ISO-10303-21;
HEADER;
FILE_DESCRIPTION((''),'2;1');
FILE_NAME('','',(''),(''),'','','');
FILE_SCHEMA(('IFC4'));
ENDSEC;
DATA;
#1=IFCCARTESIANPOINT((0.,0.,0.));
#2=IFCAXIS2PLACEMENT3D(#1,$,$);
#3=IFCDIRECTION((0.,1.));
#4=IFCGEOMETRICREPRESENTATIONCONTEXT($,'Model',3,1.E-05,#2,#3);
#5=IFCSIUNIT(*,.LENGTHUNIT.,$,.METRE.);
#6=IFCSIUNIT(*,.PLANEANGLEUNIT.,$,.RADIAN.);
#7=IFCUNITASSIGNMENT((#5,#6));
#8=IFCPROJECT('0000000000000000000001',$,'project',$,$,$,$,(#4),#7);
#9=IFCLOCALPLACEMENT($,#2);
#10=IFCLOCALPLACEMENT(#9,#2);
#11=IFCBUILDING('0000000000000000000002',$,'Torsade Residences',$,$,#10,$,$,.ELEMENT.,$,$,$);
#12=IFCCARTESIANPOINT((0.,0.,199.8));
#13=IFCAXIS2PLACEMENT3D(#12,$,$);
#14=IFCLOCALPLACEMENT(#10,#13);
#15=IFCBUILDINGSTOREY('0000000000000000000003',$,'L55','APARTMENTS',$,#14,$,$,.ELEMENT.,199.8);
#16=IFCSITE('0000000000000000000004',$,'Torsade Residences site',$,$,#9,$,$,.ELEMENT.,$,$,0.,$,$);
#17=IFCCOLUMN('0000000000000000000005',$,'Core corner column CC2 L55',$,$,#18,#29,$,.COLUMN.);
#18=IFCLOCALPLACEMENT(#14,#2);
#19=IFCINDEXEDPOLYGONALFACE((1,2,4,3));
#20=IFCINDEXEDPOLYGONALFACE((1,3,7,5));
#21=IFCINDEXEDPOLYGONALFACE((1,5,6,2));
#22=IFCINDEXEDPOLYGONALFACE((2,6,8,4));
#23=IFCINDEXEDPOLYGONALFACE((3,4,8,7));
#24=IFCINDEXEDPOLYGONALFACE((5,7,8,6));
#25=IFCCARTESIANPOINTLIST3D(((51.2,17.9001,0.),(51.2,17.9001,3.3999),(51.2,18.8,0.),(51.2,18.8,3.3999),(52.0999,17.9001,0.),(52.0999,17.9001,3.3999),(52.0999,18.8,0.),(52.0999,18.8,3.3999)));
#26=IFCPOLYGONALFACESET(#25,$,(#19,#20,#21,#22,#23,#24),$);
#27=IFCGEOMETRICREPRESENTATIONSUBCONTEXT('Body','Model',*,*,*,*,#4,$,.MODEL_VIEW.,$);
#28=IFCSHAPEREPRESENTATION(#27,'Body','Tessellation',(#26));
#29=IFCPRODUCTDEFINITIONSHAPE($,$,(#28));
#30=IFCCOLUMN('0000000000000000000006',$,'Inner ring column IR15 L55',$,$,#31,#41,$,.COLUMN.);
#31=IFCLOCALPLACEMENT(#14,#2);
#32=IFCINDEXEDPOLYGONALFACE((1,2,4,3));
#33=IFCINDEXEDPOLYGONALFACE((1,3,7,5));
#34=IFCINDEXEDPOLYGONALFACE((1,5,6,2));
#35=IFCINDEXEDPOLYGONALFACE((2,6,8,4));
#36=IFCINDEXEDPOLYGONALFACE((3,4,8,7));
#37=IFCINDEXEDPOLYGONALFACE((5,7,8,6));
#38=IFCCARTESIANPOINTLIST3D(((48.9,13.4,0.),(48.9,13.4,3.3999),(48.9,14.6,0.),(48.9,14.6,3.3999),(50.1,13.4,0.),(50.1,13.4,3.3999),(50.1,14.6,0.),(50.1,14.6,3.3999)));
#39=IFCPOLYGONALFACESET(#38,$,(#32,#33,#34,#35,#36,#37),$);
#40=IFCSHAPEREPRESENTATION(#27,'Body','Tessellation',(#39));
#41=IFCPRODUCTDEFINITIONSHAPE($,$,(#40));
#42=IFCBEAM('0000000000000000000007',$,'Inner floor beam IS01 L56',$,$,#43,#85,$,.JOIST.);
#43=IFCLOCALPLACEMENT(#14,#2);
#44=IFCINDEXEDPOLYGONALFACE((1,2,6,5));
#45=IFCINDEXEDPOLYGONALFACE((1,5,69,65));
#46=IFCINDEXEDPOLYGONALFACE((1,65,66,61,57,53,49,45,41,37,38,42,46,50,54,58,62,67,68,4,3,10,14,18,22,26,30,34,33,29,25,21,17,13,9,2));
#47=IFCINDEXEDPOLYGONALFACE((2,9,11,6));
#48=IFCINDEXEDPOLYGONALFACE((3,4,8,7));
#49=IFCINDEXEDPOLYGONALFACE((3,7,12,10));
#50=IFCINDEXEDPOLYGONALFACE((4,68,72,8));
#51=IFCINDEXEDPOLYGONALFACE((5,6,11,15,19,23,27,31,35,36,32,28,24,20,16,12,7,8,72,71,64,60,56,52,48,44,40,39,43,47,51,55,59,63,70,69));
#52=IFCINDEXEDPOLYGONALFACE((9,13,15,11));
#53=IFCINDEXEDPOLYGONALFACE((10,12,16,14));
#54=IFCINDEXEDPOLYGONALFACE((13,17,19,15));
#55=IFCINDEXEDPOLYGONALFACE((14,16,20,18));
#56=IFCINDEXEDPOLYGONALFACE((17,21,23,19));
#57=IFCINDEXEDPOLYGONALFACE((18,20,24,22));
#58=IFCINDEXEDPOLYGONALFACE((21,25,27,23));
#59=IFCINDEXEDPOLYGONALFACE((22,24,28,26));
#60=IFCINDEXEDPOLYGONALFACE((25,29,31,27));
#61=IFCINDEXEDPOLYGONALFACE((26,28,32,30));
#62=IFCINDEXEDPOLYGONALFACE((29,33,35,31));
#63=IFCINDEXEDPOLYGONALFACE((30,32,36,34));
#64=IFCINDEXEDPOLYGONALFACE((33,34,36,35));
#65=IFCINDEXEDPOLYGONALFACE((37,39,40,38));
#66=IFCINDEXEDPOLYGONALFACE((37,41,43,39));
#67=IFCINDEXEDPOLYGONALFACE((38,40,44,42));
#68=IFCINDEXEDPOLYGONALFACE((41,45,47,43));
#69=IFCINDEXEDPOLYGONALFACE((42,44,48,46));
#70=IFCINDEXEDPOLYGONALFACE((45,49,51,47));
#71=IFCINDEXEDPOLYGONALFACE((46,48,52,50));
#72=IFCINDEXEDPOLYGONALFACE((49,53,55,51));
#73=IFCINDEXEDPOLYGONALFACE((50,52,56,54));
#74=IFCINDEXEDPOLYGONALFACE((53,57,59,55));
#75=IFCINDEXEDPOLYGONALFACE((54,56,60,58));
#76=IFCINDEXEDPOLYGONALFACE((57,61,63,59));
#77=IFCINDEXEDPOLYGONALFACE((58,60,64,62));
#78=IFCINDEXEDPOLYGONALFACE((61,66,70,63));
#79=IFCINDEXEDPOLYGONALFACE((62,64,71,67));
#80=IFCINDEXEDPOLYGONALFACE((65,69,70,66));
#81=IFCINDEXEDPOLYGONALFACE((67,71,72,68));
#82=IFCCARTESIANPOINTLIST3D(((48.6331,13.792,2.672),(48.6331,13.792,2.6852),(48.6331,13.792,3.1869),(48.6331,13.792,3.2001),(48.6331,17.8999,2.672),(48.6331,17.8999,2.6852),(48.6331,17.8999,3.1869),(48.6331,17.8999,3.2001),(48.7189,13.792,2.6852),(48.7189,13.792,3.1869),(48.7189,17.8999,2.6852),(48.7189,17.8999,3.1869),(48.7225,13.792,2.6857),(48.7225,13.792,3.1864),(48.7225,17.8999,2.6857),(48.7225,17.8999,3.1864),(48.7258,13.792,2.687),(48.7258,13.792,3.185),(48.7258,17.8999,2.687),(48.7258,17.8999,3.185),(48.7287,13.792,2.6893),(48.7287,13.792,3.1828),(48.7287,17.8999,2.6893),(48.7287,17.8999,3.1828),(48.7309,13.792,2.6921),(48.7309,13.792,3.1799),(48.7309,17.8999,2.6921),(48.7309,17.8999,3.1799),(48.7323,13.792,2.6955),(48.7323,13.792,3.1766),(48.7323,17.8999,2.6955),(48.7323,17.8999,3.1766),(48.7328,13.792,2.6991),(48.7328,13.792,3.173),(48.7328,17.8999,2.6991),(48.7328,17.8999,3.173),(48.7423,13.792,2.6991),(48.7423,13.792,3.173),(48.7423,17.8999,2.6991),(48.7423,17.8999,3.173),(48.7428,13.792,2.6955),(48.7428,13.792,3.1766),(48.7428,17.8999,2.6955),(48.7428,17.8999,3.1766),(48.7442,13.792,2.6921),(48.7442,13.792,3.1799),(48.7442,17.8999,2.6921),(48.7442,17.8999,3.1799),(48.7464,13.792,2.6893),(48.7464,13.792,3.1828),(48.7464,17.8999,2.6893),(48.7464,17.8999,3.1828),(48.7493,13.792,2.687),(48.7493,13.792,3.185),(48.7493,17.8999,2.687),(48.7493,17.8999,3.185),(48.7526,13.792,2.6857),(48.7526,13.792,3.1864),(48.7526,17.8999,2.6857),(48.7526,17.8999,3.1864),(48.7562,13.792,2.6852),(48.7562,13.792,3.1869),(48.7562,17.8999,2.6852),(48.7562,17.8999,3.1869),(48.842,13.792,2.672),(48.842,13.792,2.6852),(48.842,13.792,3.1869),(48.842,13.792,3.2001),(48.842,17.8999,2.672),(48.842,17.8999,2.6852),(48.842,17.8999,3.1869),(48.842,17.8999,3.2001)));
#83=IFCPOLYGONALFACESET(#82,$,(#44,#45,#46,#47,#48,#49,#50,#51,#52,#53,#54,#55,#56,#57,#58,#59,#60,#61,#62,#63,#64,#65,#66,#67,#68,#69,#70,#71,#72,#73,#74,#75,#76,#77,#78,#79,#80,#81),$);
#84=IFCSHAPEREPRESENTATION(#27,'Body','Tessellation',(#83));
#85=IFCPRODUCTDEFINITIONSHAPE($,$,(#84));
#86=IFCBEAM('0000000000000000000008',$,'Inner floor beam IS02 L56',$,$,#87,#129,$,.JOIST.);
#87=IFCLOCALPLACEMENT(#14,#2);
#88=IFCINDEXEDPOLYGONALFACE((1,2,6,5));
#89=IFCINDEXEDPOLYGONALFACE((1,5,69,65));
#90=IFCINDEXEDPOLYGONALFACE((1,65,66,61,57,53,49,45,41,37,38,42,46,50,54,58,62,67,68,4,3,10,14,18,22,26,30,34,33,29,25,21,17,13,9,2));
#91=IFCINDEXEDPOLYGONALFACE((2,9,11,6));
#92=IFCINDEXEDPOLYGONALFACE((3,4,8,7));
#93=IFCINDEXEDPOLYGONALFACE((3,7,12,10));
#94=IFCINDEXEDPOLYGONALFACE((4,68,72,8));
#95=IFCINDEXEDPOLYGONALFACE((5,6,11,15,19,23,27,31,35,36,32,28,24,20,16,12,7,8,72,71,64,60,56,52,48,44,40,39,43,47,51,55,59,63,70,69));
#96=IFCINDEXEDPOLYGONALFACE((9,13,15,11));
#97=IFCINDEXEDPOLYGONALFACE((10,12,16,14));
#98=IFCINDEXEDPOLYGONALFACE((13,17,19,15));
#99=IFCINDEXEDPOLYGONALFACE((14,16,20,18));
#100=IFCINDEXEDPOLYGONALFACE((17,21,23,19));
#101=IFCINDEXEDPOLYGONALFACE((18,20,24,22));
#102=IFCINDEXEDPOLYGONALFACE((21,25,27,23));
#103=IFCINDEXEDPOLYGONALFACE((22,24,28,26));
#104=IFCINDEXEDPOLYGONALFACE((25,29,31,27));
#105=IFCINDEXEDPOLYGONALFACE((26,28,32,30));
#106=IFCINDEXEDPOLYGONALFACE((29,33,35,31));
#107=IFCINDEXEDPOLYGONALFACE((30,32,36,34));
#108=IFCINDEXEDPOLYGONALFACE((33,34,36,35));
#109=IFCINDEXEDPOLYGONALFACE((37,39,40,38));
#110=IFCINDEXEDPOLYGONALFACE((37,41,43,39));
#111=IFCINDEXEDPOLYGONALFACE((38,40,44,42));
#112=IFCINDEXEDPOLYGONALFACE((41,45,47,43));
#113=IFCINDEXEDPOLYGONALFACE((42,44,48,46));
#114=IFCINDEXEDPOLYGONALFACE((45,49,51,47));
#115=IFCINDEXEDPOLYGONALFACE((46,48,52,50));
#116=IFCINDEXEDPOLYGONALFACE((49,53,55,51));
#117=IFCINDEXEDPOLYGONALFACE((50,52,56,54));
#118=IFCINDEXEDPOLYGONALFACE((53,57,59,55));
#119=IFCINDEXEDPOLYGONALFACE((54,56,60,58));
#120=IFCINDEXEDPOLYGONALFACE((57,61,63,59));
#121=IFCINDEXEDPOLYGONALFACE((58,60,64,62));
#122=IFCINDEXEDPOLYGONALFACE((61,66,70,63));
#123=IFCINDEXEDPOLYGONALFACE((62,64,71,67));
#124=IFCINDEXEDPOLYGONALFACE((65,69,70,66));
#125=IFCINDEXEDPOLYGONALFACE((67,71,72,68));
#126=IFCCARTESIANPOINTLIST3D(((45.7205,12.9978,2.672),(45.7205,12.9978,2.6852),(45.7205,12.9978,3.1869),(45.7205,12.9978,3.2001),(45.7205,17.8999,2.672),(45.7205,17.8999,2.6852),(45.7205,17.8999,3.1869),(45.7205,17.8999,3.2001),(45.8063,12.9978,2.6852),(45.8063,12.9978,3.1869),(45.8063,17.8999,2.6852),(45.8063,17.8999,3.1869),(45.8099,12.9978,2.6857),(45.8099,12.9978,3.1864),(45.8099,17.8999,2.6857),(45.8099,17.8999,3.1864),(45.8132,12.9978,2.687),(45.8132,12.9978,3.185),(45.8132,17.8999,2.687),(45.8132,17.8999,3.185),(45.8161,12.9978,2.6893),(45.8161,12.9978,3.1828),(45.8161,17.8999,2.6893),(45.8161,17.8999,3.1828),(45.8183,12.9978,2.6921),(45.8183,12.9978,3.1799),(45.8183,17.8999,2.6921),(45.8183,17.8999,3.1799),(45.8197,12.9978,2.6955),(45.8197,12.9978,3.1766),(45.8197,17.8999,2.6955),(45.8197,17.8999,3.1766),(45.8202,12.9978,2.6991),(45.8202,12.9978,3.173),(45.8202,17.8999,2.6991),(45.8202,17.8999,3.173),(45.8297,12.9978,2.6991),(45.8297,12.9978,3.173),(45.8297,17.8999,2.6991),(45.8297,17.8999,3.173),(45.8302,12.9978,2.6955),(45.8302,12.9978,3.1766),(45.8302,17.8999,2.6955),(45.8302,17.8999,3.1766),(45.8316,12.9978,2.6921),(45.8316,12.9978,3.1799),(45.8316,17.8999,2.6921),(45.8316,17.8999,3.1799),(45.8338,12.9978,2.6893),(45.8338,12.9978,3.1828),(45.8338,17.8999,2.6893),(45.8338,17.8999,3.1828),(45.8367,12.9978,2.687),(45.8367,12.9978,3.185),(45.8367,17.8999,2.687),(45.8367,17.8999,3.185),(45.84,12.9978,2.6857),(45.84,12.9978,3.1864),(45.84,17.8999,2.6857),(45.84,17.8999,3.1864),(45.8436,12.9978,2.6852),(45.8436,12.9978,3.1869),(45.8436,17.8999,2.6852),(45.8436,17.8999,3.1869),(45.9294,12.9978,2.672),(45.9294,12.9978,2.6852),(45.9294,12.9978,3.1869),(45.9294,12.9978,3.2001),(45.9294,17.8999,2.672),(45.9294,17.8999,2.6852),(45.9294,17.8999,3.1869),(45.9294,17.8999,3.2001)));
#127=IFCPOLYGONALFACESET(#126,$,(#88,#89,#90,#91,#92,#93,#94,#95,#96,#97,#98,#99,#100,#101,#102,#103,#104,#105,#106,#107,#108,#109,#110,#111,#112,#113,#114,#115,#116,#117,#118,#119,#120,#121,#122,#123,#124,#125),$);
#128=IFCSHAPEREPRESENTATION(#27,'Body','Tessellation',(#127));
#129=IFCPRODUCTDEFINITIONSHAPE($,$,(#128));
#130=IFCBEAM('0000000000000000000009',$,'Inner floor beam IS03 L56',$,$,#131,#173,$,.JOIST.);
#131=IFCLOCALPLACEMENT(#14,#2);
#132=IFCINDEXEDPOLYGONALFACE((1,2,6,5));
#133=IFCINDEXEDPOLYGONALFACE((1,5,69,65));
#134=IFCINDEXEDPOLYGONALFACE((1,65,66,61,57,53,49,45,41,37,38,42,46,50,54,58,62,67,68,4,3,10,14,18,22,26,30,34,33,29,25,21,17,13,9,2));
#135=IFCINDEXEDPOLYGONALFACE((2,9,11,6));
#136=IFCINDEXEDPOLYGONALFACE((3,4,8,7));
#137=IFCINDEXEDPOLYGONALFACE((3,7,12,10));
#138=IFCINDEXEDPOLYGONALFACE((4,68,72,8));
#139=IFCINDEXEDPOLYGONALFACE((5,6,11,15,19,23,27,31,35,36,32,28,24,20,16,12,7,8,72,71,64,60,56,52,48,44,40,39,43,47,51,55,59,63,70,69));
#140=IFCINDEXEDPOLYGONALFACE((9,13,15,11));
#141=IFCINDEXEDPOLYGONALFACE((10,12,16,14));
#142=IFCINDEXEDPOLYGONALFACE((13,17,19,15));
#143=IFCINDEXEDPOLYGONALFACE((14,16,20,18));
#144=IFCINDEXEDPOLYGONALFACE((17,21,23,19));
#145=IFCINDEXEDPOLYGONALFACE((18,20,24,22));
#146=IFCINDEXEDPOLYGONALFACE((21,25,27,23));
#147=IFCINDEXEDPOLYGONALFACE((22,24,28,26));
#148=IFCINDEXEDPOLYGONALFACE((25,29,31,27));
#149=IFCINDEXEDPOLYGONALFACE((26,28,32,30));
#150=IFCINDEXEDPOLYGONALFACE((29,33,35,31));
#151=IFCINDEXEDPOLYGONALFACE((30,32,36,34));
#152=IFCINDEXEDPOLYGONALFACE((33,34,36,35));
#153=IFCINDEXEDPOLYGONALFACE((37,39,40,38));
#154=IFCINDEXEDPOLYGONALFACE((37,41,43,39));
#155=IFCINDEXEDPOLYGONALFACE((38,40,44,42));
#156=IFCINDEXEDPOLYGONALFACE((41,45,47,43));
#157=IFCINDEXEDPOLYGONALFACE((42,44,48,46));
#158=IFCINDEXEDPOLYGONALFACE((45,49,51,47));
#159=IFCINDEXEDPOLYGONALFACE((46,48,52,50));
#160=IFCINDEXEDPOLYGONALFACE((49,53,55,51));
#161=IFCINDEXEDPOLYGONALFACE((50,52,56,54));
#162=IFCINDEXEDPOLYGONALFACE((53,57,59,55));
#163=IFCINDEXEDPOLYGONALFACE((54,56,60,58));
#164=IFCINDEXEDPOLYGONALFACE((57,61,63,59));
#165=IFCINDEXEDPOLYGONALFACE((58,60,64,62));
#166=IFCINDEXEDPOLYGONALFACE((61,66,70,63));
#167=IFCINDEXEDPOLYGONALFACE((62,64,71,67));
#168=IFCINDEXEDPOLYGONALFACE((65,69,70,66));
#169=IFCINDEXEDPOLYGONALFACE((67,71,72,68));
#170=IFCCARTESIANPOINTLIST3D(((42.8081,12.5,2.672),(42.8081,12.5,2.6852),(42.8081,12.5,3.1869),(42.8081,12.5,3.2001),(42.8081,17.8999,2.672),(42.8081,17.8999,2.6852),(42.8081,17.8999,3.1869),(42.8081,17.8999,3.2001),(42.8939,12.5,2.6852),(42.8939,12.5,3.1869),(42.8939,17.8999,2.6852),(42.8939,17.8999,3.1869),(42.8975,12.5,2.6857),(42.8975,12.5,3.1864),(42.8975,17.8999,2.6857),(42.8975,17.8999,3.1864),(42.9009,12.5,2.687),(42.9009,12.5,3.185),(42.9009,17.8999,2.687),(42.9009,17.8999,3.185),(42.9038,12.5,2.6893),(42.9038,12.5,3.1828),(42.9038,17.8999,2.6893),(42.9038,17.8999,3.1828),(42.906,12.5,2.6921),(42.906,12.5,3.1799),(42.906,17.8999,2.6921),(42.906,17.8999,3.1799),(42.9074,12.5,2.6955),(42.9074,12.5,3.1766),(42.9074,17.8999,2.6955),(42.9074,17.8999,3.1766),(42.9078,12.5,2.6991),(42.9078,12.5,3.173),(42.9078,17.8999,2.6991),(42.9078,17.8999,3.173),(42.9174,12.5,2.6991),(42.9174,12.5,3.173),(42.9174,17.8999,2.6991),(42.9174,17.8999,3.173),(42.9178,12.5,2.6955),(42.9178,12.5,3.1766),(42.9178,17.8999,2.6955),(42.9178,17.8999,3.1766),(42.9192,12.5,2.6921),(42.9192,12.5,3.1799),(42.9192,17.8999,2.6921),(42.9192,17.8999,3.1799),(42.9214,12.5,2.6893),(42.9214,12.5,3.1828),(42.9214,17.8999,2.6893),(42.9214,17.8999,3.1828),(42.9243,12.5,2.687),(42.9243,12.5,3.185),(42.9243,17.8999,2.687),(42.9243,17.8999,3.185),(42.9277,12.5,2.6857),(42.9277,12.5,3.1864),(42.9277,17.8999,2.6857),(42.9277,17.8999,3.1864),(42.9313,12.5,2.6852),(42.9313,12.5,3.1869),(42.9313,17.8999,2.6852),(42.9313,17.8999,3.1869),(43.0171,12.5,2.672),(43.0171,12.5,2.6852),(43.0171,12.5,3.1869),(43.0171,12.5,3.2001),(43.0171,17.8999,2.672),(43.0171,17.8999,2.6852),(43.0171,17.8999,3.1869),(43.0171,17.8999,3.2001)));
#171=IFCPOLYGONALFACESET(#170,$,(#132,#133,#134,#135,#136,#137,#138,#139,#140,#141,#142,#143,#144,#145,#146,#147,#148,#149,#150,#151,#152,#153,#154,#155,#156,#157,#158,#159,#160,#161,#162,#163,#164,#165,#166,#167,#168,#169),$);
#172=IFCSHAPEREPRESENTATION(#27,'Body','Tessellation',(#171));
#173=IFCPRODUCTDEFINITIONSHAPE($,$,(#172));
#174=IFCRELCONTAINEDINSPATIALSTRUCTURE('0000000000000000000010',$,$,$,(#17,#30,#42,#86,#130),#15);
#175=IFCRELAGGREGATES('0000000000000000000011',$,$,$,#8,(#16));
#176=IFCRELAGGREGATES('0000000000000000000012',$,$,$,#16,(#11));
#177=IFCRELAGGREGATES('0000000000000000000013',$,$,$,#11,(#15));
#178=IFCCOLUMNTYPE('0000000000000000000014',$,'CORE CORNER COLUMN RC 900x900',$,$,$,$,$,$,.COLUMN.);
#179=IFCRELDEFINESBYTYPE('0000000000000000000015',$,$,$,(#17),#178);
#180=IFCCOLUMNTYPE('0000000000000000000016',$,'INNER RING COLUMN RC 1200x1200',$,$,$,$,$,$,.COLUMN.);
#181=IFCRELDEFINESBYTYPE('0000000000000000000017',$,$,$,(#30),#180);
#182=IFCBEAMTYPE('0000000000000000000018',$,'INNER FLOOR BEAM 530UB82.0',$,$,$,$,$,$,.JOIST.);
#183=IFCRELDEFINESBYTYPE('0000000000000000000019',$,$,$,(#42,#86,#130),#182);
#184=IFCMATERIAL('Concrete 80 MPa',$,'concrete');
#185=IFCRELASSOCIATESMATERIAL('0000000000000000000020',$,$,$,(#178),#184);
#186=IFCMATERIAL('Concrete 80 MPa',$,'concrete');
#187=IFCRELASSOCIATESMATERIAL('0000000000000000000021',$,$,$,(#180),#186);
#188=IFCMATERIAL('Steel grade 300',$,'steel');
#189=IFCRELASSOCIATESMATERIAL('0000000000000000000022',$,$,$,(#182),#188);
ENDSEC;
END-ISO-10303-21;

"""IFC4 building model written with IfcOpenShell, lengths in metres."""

from ifc_helpers import new_model, si_unit, direction, frame, origin, origin_2d, place, context, subcontext, project, spatial, rectangle, i_section, extrude, material, material_profile, profile_set, type_object, element, save


model = new_model("IFC4")

# Units and contexts
model_context = context("Model", 3, precision=1e-05, world=origin(), true_north=direction((0.0, 1.0)))
body_context = subcontext(model_context, "Body", "Model", "MODEL_VIEW")
ifc_project = project(units=[si_unit("LENGTHUNIT", "METRE"), si_unit("PLANEANGLEUNIT", "RADIAN")], contexts=[model_context])

# Site, building, storey
site_placement = place(None, origin())
site = spatial("IfcSite", under=ifc_project, at=site_placement, Name="Torsade Residences site", CompositionType="ELEMENT", RefElevation=0.0)
building_placement = place(site_placement, origin())
building = spatial("IfcBuilding", under=site, at=building_placement, Name="Torsade Residences", CompositionType="ELEMENT")
storey_placement = place(building_placement, frame((0.0, 0.0, 199.8)))
storey = spatial("IfcBuildingStorey", under=building, at=storey_placement, Name="L55", Description="APARTMENTS", CompositionType="ELEMENT", Elevation=199.8)

# Columns
ifc_material_1 = material(Name="Concrete 80 MPa", Category="concrete")
ifc_material_profile_1 = material_profile(ifc_material_1, rectangle(XDim=0.8999, YDim=0.8999, at=origin_2d()), Name="RC 900x900")
ifc_profile_set_1 = profile_set([ifc_material_profile_1], Name="Concrete 80 MPa")
column_type_1 = type_object("IfcColumnType", Name="CORE CORNER COLUMN RC 900x900", PredefinedType="COLUMN", material=ifc_profile_set_1)
column_1_placement = place(storey_placement, frame((51.6499, 18.3501, 0.0), z_axis=(0.0, 0.0, 1.0), x_axis=(1.0, 0.0, 0.0)))
element("IfcColumn", 1, at=column_1_placement, inside=storey, type_object=column_type_1, Name="Core corner column CC2 L55", PredefinedType="COLUMN", context=body_context, shape_type="SweptSolid", body=[
    extrude(rectangle(XDim=0.8999, YDim=0.8999, at=origin_2d()), origin(), (0.0, 0.0, 1.0), 3.3999),
])
ifc_material_2 = material(Name="Concrete 80 MPa", Category="concrete")
ifc_material_profile_2 = material_profile(ifc_material_2, rectangle(XDim=1.2, YDim=1.2, at=origin_2d()), Name="RC 1200x1200")
ifc_profile_set_2 = profile_set([ifc_material_profile_2], Name="Concrete 80 MPa")
column_type_2 = type_object("IfcColumnType", Name="INNER RING COLUMN RC 1200x1200", PredefinedType="COLUMN", material=ifc_profile_set_2)
column_2_placement = place(storey_placement, frame((49.5, 14.0, 0.0), z_axis=(0.0, 0.0, 1.0), x_axis=(1.0, 0.0, 0.0)))
element("IfcColumn", 2, at=column_2_placement, inside=storey, type_object=column_type_2, Name="Inner ring column IR15 L55", PredefinedType="COLUMN", context=body_context, shape_type="SweptSolid", body=[
    extrude(rectangle(XDim=1.2, YDim=1.2, at=origin_2d()), origin(), (0.0, 0.0, 1.0), 3.3999),
])

# Beams
ifc_material_3 = material(Name="Steel grade 300", Category="steel")
ifc_material_profile_3 = material_profile(ifc_material_3, i_section(OverallWidth=0.209, OverallDepth=0.5281, WebThickness=0.0095, FlangeThickness=0.0132, FilletRadius=0.0139, at=origin_2d()), Name="530UB82.0")
ifc_profile_set_3 = profile_set([ifc_material_profile_3], Name="Steel grade 300")
beam_type_1 = type_object("IfcBeamType", Name="INNER FLOOR BEAM 530UB82.0", PredefinedType="JOIST", material=ifc_profile_set_3)
beam_1_placement = place(storey_placement, frame((48.7375, 17.8999, 2.936), z_axis=(0.0, -1.0, 0.0), x_axis=(1.0, 0.0, 0.0)))
element("IfcBeam", 3, at=beam_1_placement, inside=storey, type_object=beam_type_1, Name="Inner floor beam IS01 L56", PredefinedType="JOIST", context=body_context, shape_type="SweptSolid", body=[
    extrude(i_section(OverallWidth=0.209, OverallDepth=0.5281, WebThickness=0.0095, FlangeThickness=0.0132, FilletRadius=0.0139, at=origin_2d()), origin(), (0.0, 0.0, 1.0), 4.1079),
])
beam_2_placement = place(storey_placement, frame((45.825, 17.8999, 2.936), z_axis=(0.0, -1.0, 0.0), x_axis=(1.0, 0.0, 0.0)))
element("IfcBeam", 4, at=beam_2_placement, inside=storey, type_object=beam_type_1, Name="Inner floor beam IS02 L56", PredefinedType="JOIST", context=body_context, shape_type="SweptSolid", body=[
    extrude(i_section(OverallWidth=0.209, OverallDepth=0.5281, WebThickness=0.0095, FlangeThickness=0.0132, FilletRadius=0.0139, at=origin_2d()), origin(), (0.0, 0.0, 1.0), 4.9021),
])
for number, where, z_axis, x_axis, name in (
    (5, (42.9126, 17.8999, 2.936), (0.0, -1.0, 0.0), (1.0, 0.0, 0.0), "Inner floor beam IS03 L56"),
):
    element("IfcBeam", number, at=place(storey_placement, frame(where, z_axis=z_axis, x_axis=x_axis)), inside=storey, type_object=beam_type_1, Name=name, PredefinedType="JOIST", context=body_context, shape_type="SweptSolid", body=[
        extrude(i_section(OverallWidth=0.209, OverallDepth=0.5281, WebThickness=0.0095, FlangeThickness=0.0132, FilletRadius=0.0139, at=origin_2d()), origin(), (0.0, 0.0, 1.0), 5.3999),
    ])

save(model, "model.ifc")
